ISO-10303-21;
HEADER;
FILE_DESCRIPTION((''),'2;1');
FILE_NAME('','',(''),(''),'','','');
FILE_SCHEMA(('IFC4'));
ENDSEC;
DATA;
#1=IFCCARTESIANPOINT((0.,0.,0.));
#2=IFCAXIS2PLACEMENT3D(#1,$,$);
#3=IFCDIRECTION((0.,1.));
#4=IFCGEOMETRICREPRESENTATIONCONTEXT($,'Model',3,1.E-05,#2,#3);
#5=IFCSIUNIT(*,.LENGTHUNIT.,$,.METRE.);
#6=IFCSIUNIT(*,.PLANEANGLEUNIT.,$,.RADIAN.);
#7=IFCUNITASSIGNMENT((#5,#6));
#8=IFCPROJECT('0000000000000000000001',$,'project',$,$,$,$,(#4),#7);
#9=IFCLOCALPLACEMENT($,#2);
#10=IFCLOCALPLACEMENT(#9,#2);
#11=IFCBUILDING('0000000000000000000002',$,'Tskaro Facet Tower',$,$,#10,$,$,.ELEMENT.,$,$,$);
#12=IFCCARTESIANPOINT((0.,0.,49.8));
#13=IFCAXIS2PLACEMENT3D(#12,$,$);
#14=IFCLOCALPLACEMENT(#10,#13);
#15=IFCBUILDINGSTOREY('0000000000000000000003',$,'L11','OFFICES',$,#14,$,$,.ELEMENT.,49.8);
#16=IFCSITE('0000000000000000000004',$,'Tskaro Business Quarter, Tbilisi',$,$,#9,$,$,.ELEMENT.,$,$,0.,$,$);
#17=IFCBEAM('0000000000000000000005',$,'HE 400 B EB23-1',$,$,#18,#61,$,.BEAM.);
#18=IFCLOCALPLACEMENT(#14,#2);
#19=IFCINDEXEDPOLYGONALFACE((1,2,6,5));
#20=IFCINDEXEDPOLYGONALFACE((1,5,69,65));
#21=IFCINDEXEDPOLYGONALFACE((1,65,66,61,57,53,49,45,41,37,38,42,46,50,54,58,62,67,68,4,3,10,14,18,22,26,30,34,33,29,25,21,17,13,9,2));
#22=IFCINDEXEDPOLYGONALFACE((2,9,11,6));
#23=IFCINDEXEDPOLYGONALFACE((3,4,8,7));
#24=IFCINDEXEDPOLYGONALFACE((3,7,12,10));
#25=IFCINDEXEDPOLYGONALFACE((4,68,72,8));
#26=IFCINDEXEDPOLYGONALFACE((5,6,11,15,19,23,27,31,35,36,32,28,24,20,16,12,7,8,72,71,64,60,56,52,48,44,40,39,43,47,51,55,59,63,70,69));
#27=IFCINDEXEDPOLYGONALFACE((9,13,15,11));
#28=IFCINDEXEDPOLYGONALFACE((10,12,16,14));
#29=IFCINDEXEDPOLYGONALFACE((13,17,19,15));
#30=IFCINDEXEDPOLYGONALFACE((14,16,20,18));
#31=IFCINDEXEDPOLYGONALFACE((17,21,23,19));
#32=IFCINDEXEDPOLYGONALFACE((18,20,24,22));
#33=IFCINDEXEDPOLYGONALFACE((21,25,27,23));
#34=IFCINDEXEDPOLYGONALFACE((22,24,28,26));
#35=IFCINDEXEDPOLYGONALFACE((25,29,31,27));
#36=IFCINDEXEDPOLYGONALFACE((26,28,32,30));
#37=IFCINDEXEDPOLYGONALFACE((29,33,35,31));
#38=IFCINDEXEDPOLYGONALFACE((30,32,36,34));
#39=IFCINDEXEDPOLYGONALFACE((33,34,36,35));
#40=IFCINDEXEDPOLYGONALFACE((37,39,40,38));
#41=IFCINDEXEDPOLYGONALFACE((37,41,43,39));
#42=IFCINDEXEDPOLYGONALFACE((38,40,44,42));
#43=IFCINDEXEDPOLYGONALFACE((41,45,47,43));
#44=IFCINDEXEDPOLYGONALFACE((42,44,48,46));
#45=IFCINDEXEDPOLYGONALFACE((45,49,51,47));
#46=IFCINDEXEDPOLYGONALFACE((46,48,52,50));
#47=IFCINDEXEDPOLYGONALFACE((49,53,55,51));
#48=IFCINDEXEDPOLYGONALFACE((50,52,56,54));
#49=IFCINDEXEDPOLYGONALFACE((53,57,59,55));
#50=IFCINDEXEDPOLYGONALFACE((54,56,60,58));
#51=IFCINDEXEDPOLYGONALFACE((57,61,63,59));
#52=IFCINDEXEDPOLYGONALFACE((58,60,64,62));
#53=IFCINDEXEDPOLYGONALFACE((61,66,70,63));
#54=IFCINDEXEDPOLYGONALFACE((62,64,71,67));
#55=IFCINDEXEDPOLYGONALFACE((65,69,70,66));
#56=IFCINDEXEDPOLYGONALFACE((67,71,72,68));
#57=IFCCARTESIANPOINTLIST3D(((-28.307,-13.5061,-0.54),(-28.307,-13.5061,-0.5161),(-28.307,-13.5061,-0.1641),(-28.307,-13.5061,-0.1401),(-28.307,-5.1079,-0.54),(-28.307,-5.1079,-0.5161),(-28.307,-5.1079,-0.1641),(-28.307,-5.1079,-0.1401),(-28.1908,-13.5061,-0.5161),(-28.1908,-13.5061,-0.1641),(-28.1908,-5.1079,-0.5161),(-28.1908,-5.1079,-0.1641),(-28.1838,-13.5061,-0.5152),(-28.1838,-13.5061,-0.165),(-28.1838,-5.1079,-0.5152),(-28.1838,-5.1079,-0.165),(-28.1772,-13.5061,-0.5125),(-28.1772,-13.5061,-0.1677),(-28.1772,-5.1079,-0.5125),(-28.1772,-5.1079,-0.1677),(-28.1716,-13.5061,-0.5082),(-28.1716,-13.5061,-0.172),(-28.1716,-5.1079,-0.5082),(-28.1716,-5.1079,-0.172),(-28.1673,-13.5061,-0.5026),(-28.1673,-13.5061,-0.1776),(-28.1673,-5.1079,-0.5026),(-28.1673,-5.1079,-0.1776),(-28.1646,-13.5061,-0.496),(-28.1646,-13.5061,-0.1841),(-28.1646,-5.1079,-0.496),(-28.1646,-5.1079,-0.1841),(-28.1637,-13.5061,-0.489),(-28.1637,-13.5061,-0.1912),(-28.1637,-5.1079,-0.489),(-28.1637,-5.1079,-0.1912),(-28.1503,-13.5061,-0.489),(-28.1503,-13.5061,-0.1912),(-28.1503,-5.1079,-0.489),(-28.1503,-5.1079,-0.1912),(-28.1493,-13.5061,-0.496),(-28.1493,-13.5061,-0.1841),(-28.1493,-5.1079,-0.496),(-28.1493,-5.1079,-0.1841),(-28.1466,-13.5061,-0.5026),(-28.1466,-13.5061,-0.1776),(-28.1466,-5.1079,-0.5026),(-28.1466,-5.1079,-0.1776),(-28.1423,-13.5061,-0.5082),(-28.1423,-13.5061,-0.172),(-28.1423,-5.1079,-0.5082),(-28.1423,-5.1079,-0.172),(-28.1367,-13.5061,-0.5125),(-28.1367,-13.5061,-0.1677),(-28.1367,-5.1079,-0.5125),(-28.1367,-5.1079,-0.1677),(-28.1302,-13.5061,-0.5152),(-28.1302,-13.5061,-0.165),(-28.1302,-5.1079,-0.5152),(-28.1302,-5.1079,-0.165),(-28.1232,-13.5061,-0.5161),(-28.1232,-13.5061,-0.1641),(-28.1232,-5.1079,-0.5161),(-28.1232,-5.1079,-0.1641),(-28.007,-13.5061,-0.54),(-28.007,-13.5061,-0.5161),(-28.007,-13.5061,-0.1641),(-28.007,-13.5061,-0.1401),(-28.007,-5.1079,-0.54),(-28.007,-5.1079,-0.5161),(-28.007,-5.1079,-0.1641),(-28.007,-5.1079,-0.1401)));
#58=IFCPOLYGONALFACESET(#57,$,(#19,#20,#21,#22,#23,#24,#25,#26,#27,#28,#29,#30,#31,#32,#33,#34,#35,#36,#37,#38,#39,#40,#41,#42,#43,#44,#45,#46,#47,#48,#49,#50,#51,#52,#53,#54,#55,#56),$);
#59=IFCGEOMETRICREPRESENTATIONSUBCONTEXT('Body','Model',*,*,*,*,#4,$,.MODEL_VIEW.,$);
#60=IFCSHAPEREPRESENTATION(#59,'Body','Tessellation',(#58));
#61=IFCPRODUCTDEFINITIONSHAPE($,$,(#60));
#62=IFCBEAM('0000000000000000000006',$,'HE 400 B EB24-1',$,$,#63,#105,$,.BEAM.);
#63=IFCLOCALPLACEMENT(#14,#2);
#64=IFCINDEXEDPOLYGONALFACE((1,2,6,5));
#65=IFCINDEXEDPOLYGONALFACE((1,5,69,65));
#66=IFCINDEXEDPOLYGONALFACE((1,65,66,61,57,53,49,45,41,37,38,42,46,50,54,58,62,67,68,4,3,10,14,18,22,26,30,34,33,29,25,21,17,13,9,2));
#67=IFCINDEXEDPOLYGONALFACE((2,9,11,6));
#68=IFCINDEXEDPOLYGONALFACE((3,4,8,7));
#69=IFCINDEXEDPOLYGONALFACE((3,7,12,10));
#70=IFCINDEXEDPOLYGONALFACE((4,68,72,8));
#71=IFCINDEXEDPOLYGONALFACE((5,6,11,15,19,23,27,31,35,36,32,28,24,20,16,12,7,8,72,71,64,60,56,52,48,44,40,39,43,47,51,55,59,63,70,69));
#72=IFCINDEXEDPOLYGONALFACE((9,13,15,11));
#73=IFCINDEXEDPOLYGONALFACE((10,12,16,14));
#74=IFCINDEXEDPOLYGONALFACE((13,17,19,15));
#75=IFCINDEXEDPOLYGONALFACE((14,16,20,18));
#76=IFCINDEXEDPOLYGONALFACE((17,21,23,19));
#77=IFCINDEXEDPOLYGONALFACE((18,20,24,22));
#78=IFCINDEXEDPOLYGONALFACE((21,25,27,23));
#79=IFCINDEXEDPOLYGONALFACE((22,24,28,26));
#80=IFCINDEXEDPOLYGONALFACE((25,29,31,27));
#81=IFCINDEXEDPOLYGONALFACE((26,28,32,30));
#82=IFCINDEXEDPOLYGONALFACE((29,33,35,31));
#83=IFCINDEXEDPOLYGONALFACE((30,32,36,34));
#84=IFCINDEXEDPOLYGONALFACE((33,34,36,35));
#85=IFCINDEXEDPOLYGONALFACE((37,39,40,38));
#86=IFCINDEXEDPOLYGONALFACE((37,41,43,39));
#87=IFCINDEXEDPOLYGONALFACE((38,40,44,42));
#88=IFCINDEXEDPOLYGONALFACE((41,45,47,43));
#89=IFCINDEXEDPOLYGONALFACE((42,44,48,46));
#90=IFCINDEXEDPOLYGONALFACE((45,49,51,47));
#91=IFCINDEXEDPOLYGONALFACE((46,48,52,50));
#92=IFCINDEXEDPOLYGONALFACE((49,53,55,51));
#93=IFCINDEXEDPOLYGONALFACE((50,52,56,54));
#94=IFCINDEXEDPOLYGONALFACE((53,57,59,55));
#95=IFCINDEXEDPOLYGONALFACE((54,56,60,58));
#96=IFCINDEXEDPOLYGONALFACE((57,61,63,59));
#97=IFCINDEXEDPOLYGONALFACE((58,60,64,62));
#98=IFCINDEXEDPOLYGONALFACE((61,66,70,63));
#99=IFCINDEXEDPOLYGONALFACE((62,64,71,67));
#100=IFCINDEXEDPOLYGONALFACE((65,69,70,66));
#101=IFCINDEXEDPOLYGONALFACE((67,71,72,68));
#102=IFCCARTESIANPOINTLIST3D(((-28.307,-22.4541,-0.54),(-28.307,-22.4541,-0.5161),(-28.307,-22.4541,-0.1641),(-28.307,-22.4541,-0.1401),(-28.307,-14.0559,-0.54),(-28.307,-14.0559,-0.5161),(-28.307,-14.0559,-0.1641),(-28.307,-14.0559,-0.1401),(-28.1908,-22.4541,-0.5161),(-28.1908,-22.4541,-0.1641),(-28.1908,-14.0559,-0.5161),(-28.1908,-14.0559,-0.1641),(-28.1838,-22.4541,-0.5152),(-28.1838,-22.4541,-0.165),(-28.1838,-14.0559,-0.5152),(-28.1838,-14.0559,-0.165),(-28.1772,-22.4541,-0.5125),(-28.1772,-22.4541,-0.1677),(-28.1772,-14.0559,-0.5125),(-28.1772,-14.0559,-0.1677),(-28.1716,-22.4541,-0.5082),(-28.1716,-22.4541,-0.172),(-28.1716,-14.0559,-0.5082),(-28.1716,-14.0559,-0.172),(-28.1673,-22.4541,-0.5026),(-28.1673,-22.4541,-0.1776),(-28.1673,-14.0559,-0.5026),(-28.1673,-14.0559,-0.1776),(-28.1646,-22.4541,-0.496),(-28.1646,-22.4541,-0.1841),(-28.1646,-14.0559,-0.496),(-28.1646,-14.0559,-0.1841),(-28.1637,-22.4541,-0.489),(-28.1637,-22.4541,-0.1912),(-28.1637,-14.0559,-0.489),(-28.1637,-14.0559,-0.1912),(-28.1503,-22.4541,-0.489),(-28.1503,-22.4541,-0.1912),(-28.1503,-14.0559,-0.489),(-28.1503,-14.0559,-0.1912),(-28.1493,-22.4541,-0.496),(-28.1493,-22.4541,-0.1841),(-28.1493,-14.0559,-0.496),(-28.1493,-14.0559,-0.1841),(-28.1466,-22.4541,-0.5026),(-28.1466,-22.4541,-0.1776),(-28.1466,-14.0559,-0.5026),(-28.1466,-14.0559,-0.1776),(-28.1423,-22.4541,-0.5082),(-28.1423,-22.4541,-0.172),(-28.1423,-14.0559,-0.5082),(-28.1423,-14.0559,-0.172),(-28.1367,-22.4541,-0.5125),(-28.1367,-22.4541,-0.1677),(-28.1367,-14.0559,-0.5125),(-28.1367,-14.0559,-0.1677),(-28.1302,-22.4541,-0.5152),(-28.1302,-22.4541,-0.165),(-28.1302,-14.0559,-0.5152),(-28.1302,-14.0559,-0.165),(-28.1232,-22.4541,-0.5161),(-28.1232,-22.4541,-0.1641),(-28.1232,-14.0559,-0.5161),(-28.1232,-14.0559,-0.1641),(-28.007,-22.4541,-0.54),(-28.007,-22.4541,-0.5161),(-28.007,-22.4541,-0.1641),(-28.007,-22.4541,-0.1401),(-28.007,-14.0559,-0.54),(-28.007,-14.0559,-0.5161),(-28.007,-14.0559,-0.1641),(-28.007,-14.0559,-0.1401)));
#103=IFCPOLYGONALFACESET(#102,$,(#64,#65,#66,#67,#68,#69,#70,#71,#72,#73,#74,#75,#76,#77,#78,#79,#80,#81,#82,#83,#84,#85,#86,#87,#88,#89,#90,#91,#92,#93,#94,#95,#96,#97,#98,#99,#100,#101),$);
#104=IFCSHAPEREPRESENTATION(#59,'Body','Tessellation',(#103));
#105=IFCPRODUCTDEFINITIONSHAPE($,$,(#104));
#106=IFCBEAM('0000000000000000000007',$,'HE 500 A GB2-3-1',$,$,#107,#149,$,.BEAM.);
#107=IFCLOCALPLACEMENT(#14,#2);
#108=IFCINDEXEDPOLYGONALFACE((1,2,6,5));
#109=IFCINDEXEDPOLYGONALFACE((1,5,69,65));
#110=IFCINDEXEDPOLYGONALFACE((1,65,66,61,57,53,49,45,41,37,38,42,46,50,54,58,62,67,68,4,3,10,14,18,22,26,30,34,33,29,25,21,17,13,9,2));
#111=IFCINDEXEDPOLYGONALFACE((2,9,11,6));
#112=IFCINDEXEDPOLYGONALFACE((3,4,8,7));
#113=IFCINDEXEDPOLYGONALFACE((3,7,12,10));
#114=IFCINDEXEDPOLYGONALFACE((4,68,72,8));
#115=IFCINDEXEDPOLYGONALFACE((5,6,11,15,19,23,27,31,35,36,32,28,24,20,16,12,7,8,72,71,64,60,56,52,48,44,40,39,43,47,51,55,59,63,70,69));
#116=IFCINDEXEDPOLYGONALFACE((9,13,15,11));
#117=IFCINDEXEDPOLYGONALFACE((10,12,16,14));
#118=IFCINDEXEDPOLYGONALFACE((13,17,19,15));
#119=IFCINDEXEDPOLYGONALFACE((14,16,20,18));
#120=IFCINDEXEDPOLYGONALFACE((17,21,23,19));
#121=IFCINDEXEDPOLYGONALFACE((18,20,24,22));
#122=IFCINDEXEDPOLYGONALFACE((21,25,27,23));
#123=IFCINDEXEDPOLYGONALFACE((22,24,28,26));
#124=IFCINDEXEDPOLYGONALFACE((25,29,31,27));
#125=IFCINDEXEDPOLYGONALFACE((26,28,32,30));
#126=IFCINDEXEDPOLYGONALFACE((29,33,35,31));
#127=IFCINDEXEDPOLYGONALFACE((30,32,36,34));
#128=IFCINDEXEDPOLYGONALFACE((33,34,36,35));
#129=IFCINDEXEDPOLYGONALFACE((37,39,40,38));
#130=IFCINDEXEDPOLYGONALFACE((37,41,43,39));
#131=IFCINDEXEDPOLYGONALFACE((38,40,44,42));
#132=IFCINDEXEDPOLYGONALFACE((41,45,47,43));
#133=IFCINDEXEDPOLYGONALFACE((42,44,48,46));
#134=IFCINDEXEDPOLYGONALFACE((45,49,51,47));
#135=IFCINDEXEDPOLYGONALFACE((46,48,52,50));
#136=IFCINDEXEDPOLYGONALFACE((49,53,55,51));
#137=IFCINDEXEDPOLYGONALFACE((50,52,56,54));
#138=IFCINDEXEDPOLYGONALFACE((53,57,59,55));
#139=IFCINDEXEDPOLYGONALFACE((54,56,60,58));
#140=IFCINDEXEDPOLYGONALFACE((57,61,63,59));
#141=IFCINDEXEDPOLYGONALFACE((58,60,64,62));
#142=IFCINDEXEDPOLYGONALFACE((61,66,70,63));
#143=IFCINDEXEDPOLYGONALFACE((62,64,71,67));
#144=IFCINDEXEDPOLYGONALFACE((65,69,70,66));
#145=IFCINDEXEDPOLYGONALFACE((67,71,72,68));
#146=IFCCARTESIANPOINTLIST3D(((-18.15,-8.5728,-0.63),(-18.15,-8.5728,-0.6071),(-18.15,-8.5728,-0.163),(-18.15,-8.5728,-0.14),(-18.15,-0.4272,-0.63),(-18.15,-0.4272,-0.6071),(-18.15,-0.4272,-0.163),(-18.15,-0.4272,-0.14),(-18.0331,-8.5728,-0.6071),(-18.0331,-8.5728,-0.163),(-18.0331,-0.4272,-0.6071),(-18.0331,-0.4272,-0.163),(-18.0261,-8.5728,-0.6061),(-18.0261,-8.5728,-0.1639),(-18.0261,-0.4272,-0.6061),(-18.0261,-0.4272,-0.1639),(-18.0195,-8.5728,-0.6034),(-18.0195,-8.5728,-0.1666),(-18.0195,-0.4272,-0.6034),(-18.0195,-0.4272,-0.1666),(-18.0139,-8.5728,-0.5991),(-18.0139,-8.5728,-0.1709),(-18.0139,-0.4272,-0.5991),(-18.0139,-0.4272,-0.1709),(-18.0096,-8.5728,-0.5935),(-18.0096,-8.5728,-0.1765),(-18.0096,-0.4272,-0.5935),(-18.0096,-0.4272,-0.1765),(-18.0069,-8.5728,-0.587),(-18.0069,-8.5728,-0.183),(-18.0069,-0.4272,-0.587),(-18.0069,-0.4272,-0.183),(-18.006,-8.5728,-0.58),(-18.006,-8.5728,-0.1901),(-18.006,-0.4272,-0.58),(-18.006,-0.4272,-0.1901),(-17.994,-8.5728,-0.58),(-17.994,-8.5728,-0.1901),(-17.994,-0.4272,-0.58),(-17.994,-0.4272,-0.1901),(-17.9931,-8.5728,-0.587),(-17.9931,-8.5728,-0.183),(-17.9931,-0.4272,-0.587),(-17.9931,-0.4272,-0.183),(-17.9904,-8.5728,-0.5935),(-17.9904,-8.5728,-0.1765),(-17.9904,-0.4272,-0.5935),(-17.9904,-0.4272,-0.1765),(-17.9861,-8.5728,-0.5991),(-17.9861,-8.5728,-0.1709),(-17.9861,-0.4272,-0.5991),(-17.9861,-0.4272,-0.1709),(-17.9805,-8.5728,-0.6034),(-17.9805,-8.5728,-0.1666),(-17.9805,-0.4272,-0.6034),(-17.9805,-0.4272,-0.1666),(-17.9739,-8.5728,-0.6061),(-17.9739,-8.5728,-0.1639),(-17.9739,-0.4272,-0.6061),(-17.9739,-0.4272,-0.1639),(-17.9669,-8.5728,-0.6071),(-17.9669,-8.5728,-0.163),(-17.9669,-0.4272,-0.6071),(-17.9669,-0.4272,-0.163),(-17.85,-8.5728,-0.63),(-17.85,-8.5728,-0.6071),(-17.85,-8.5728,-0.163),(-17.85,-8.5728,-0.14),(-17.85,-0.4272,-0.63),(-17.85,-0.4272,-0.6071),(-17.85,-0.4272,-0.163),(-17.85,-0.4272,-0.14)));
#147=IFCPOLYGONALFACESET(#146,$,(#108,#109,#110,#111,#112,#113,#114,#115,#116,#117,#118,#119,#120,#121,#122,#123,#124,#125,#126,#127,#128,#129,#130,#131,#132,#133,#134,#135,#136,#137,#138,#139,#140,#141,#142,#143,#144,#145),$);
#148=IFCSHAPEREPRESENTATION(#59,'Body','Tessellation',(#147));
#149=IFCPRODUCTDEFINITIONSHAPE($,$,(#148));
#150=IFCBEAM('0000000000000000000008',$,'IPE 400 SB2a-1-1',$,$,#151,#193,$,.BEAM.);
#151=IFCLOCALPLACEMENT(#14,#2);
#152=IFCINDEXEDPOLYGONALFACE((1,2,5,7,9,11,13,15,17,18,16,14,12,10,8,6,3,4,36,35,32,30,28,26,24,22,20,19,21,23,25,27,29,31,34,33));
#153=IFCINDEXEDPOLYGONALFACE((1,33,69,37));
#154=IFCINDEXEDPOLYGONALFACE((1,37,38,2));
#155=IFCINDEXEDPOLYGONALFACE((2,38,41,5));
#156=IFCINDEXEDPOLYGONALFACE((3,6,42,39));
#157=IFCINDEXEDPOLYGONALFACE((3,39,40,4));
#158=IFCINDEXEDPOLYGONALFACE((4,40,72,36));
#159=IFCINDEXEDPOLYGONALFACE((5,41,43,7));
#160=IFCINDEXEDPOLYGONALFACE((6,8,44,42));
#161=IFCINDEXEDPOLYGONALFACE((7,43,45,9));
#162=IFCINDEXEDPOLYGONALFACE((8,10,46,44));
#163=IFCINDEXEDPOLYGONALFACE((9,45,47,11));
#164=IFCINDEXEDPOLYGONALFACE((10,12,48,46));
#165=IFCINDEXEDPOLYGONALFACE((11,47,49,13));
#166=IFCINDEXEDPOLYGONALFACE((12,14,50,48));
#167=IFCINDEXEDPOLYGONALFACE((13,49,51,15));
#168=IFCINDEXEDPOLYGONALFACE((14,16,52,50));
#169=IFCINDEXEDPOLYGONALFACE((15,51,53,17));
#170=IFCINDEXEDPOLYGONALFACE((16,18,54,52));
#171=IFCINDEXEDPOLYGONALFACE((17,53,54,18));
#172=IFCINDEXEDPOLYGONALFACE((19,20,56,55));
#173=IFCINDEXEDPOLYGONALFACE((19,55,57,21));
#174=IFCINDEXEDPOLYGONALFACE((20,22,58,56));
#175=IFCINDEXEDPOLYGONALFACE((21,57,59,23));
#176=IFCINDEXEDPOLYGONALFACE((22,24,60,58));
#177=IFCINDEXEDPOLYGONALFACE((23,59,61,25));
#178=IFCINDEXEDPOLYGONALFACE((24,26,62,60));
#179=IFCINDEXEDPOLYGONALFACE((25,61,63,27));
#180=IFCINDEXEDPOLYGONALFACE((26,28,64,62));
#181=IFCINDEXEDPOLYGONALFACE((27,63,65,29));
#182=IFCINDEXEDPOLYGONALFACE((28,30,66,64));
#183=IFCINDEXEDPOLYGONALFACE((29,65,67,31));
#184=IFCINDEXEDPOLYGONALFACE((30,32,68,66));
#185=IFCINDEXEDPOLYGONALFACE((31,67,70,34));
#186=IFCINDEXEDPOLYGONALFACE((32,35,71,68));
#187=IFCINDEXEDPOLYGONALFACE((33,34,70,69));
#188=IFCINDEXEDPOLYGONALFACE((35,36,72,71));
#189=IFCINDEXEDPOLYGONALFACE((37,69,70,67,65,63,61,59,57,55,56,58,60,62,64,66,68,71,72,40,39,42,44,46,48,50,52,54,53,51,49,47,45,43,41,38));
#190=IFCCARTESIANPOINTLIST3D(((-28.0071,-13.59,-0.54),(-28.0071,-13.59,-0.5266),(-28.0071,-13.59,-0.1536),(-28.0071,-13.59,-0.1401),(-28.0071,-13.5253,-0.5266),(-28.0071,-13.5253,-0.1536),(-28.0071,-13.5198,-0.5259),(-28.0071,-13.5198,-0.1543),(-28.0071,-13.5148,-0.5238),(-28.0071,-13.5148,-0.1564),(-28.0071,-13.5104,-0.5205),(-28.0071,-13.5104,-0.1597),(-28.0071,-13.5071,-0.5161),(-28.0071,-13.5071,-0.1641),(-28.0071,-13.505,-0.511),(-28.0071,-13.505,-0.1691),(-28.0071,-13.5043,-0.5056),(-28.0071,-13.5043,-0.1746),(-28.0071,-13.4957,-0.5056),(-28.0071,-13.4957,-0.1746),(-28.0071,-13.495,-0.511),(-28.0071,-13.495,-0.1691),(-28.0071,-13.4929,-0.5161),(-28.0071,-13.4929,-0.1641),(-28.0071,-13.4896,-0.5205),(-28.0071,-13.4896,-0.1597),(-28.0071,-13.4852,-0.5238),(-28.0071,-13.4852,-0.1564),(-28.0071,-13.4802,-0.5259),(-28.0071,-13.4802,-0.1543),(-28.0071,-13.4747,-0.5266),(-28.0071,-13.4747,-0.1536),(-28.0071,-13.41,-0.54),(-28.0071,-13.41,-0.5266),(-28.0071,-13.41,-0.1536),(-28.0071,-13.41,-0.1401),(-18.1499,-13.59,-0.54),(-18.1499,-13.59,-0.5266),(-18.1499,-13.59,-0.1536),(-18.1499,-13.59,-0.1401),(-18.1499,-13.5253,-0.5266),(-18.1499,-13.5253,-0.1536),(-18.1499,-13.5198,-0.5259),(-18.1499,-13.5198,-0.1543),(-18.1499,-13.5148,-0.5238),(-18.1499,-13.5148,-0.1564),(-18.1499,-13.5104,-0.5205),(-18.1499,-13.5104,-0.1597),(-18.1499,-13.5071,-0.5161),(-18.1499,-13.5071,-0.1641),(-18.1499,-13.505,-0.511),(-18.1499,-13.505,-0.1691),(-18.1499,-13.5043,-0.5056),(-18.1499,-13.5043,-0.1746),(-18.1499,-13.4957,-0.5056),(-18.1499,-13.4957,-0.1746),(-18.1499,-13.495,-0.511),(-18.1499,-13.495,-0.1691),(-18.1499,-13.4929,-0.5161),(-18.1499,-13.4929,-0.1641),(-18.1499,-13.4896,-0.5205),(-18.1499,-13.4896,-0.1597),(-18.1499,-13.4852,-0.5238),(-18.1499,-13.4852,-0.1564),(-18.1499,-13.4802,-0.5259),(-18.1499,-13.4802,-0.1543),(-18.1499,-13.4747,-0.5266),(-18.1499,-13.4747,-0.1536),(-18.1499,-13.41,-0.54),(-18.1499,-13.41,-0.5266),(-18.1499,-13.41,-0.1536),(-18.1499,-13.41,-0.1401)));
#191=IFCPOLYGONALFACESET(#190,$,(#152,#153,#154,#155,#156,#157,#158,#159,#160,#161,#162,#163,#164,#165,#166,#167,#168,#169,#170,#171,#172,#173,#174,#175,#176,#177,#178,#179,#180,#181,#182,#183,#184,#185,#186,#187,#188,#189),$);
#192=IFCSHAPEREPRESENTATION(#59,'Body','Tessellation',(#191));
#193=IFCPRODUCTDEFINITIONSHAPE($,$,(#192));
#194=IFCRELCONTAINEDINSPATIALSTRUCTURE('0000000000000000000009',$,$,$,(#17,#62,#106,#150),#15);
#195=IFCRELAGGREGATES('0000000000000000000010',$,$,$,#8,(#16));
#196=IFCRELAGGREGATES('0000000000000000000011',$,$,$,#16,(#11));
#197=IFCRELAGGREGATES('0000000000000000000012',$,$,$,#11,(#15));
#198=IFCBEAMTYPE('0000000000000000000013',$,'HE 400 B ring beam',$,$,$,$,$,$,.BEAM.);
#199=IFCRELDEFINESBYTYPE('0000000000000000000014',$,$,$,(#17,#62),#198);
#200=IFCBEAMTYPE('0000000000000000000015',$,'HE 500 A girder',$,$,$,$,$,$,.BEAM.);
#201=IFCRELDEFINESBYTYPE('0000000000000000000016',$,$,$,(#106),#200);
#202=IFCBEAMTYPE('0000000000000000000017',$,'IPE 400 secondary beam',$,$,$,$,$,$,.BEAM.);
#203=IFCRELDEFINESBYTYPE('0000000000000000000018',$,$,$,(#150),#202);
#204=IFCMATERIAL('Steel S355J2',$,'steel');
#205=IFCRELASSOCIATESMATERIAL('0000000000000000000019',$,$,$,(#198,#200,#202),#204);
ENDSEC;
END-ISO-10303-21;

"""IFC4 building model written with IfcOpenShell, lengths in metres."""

from ifc_helpers import new_model, si_unit, direction, frame, origin, origin_2d, place, context, subcontext, project, spatial, i_section, extrude, material, material_profile, profile_set, type_object, element, save


model = new_model("IFC4")

# Units and contexts
model_context = context("Model", 3, precision=1e-05, world=origin(), true_north=direction((0.0, 1.0)))
body_context = subcontext(model_context, "Body", "Model", "MODEL_VIEW")
ifc_project = project(units=[si_unit("LENGTHUNIT", "METRE"), si_unit("PLANEANGLEUNIT", "RADIAN")], contexts=[model_context])

# Site, building, storey
site_placement = place(None, origin())
site = spatial("IfcSite", under=ifc_project, at=site_placement, Name="Tskaro Business Quarter, Tbilisi", CompositionType="ELEMENT", RefElevation=0.0)
building_placement = place(site_placement, origin())
building = spatial("IfcBuilding", under=site, at=building_placement, Name="Tskaro Facet Tower", CompositionType="ELEMENT")
storey_placement = place(building_placement, frame((0.0, 0.0, 49.8)))
storey = spatial("IfcBuildingStorey", under=building, at=storey_placement, Name="L11", Description="OFFICES", CompositionType="ELEMENT", Elevation=49.8)

# Beams
ifc_material_1 = material(Name="Steel S355J2", Category="steel")
ifc_material_profile_1 = material_profile(ifc_material_1, i_section(OverallWidth=0.3, OverallDepth=0.3999, WebThickness=0.0134, FlangeThickness=0.0239, FilletRadius=0.0271, at=origin_2d()), Name="HE 400 B")
ifc_profile_set_1 = profile_set([ifc_material_profile_1], Name="Steel S355J2")
beam_type_1 = type_object("IfcBeamType", Name="HE 400 B ring beam", PredefinedType="BEAM", material=ifc_profile_set_1)
for number, where, z_axis, x_axis, name in (
    (1, (-28.157, -5.1079, -0.3401), (0.0, -1.0, 0.0), (1.0, 0.0, 0.0), "HE 400 B EB23-1"),
    (2, (-28.157, -14.0559, -0.3401), (0.0, -1.0, 0.0), (1.0, 0.0, 0.0), "HE 400 B EB24-1"),
):
    element("IfcBeam", number, at=place(storey_placement, frame(where, z_axis=z_axis, x_axis=x_axis)), inside=storey, type_object=beam_type_1, Name=name, PredefinedType="BEAM", context=body_context, shape_type="SweptSolid", body=[
        extrude(i_section(OverallWidth=0.3, OverallDepth=0.3999, WebThickness=0.0134, FlangeThickness=0.0239, FilletRadius=0.0271, at=origin_2d()), origin(), (0.0, 0.0, 1.0), 8.3982),
    ])
ifc_material_profile_2 = material_profile(ifc_material_1, i_section(OverallWidth=0.3, OverallDepth=0.49, WebThickness=0.012, FlangeThickness=0.0229, FilletRadius=0.0271, at=origin_2d()), Name="HE 500 A")
ifc_profile_set_2 = profile_set([ifc_material_profile_2], Name="Steel S355J2")
beam_type_2 = type_object("IfcBeamType", Name="HE 500 A girder", PredefinedType="BEAM", material=ifc_profile_set_2)
beam_1_placement = place(storey_placement, frame((-18.0, -8.5728, -0.385), z_axis=(0.0, 1.0, 0.0), x_axis=(-1.0, 0.0, 0.0)))
element("IfcBeam", 3, at=beam_1_placement, inside=storey, type_object=beam_type_2, Name="HE 500 A GB2-3-1", PredefinedType="BEAM", context=body_context, shape_type="SweptSolid", body=[
    extrude(i_section(OverallWidth=0.3, OverallDepth=0.49, WebThickness=0.012, FlangeThickness=0.0229, FilletRadius=0.0271, at=origin_2d()), origin(), (0.0, 0.0, 1.0), 8.1455),
])
ifc_material_profile_3 = material_profile(ifc_material_1, i_section(OverallWidth=0.1799, OverallDepth=0.3999, WebThickness=0.0085, FlangeThickness=0.0134, FilletRadius=0.021, at=origin_2d()), Name="IPE 400")
ifc_profile_set_3 = profile_set([ifc_material_profile_3], Name="Steel S355J2")
beam_type_3 = type_object("IfcBeamType", Name="IPE 400 secondary beam", PredefinedType="BEAM", material=ifc_profile_set_3)
beam_2_placement = place(storey_placement, frame((-28.0071, -13.5, -0.3401), z_axis=(1.0, 0.0, 0.0), x_axis=(0.0, 1.0, 0.0)))
element("IfcBeam", 4, at=beam_2_placement, inside=storey, type_object=beam_type_3, Name="IPE 400 SB2a-1-1", PredefinedType="BEAM", context=body_context, shape_type="SweptSolid", body=[
    extrude(i_section(OverallWidth=0.1799, OverallDepth=0.3999, WebThickness=0.0085, FlangeThickness=0.0134, FilletRadius=0.021, at=origin_2d()), origin(), (0.0, 0.0, 1.0), 9.8572),
])

save(model, "model.ifc")
